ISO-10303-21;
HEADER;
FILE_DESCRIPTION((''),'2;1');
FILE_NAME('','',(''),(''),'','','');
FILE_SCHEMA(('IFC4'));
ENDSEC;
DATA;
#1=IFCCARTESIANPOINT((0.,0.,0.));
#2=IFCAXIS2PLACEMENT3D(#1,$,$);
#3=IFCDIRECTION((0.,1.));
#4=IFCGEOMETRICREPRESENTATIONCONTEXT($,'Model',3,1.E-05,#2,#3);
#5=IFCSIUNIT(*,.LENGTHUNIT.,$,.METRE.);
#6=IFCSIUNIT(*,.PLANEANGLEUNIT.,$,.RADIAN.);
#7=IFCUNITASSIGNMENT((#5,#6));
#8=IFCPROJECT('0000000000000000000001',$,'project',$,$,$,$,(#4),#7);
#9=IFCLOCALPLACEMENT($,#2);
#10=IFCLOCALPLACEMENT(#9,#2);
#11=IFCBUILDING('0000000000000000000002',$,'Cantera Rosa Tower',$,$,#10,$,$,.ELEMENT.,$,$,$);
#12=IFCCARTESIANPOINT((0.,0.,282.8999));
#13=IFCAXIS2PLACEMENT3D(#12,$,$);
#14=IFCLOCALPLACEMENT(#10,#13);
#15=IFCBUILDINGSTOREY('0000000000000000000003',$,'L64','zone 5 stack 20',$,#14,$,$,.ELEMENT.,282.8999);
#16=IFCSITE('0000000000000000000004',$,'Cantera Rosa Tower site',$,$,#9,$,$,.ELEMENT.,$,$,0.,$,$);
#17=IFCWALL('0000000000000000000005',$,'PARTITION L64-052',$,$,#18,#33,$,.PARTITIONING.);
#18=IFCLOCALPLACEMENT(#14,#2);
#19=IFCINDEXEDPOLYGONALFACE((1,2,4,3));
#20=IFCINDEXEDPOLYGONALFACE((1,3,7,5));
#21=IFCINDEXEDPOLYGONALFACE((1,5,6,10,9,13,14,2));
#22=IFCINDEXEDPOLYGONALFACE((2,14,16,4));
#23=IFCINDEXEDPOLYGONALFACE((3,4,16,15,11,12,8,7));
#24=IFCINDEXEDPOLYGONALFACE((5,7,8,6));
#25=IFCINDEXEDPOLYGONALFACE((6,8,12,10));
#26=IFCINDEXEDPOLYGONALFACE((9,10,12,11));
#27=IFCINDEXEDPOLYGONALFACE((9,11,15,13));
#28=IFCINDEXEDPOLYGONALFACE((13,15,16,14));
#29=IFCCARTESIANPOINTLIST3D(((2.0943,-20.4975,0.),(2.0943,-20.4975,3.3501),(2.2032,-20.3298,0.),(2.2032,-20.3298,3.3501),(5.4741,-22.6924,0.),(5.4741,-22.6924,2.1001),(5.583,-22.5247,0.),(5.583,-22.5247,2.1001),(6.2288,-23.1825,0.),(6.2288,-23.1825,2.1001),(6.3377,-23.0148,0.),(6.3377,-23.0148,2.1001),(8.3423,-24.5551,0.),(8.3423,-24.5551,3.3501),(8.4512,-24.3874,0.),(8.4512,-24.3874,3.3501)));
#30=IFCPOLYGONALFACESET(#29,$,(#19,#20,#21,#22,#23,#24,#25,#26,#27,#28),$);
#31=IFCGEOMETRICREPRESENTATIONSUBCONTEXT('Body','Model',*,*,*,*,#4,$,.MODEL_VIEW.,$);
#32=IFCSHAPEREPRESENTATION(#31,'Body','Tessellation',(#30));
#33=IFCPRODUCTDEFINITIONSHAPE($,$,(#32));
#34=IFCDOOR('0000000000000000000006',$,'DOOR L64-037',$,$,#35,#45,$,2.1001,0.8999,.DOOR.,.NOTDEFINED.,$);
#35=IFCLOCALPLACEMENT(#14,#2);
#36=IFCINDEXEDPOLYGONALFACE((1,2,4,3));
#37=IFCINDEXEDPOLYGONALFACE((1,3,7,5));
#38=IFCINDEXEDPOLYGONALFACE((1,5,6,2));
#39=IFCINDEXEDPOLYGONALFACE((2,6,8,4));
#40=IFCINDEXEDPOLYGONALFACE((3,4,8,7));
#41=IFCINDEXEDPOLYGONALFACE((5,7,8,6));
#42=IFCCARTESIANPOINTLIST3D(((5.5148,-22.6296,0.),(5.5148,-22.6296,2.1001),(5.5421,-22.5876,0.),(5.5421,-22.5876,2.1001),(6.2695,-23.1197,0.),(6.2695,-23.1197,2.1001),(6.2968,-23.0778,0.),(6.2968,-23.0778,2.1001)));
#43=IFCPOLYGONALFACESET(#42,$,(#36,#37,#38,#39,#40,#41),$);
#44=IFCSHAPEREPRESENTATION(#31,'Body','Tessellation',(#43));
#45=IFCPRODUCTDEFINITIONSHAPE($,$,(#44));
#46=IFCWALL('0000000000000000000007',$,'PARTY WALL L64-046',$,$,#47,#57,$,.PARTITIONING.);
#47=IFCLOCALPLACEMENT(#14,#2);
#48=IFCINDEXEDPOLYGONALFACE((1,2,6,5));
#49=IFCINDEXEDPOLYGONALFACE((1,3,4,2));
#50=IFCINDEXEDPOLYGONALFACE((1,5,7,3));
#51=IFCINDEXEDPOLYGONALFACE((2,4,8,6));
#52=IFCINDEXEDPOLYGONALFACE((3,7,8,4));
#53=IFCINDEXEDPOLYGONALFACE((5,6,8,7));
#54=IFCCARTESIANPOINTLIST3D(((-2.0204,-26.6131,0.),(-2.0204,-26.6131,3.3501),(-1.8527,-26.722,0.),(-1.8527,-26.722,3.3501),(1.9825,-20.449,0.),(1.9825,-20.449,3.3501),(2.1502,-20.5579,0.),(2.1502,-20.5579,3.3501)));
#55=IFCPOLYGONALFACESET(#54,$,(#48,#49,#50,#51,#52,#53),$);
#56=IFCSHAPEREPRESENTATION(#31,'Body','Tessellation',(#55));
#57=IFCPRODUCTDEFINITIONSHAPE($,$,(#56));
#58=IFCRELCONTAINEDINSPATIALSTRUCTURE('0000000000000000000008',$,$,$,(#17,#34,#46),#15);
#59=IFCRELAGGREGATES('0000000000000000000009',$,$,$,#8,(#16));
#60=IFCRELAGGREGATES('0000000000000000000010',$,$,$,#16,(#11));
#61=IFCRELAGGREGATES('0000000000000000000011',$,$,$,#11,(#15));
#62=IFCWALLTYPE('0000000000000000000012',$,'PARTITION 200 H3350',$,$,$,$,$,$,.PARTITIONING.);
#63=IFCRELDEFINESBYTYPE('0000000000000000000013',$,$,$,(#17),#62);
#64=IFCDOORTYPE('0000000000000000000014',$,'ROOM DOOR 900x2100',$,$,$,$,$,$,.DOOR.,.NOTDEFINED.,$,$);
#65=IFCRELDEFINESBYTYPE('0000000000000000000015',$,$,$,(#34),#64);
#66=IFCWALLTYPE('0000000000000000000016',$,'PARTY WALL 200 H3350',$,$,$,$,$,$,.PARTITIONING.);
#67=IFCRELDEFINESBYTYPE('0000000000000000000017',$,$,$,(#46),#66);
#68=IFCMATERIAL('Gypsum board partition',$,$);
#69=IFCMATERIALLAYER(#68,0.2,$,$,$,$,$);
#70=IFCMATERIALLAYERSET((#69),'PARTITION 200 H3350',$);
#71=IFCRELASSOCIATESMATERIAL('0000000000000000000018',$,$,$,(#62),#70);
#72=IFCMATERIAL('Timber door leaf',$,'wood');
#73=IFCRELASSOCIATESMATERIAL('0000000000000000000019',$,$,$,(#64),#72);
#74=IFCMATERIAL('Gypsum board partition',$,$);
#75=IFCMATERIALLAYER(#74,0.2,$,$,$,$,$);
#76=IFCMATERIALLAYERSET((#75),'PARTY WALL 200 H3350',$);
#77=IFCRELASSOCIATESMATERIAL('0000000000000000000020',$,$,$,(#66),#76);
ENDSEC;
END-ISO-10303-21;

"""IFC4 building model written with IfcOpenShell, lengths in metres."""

from ifc_helpers import new_model, si_unit, direction, frame, frame_2d, origin, place, context, subcontext, project, spatial, rectangle, extrude, material, layer, layer_set, type_object, element, fill, save


model = new_model("IFC4")

# Units and contexts
model_context = context("Model", 3, precision=1e-05, world=origin(), true_north=direction((0.0, 1.0)))
body_context = subcontext(model_context, "Body", "Model", "MODEL_VIEW")
ifc_project = project(units=[si_unit("LENGTHUNIT", "METRE"), si_unit("PLANEANGLEUNIT", "RADIAN")], contexts=[model_context])

# Site, building, storey
site_placement = place(None, origin())
site = spatial("IfcSite", under=ifc_project, at=site_placement, Name="Cantera Rosa Tower site", CompositionType="ELEMENT", RefElevation=0.0)
building_placement = place(site_placement, origin())
building = spatial("IfcBuilding", under=site, at=building_placement, Name="Cantera Rosa Tower", CompositionType="ELEMENT")
storey_placement = place(building_placement, frame((0.0, 0.0, 282.8999)))
storey = spatial("IfcBuildingStorey", under=building, at=storey_placement, Name="L64", Description="zone 5 stack 20", CompositionType="ELEMENT", Elevation=282.8999)

# Wall, opening, door
ifc_material_1 = material(Name="Gypsum board partition")
ifc_layer_1 = layer(ifc_material_1, 0.2)
ifc_layer_set_1 = layer_set([ifc_layer_1], Name="PARTITION 200 H3350")
wall_type_1 = type_object("IfcWallType", Name="PARTITION 200 H3350", PredefinedType="PARTITIONING", material=ifc_layer_set_1)
wall_1_placement = place(storey_placement, frame((2.1487, -20.4136, 0.0), z_axis=(0.0, 0.0, 1.0), x_axis=(0.838665, -0.544647, 0.0)))
wall_1 = element("IfcWall", 1, at=wall_1_placement, inside=storey, type_object=wall_type_1, Name="PARTITION L64-052", PredefinedType="PARTITIONING", context=body_context, shape_type="SweptSolid", body=[
    extrude(rectangle(XDim=7.45, YDim=0.2, at=frame_2d((3.7251, 0.0))), origin(), (0.0, 0.0, 1.0), 3.3501),
])
opening_1_placement = place(wall_1_placement, frame((4.03, 0.0, 0.0)))
opening_1 = element("IfcOpeningElement", 2, at=opening_1_placement, cuts=wall_1, PredefinedType="OPENING", context=body_context, shape_type="SweptSolid", body=[
    extrude(rectangle(XDim=0.8999, YDim=2.1001, at=frame_2d((0.45, 1.05))), frame((0.0, 0.1099, 0.0), z_axis=(0.0, -1.0, 0.0), x_axis=(1.0, 0.0, 0.0)), (0.0, 0.0, 1.0), 0.22),
])
ifc_material_2 = material(Name="Timber door leaf", Category="wood")
door_type_1 = type_object("IfcDoorType", Name="ROOM DOOR 900x2100", OperationType="NOTDEFINED", PredefinedType="DOOR", material=ifc_material_2)
door_1_placement = place(opening_1_placement, origin())
door_1 = element("IfcDoor", 3, at=door_1_placement, inside=storey, type_object=door_type_1, Name="DOOR L64-037", OperationType="NOTDEFINED", OverallHeight=2.1001, OverallWidth=0.8999, PredefinedType="DOOR", context=body_context, shape_type="SweptSolid", body=[
    extrude(rectangle(XDim=0.8999, YDim=2.1001, at=frame_2d((0.45, 1.05))), frame((0.0, 0.0249, 0.0), z_axis=(0.0, -1.0, 0.0), x_axis=(1.0, 0.0, 0.0)), (0.0, 0.0, 1.0), 0.05),
])
fill(opening_1, door_1)

# Wall
ifc_material_3 = material(Name="Gypsum board partition")
ifc_layer_2 = layer(ifc_material_3, 0.2)
ifc_layer_set_2 = layer_set([ifc_layer_2], Name="PARTY WALL 200 H3350")
wall_type_2 = type_object("IfcWallType", Name="PARTY WALL 200 H3350", PredefinedType="PARTITIONING", material=ifc_layer_set_2)
wall_2_placement = place(storey_placement, frame((-1.9365, -26.6675, 0.0), z_axis=(0.0, 0.0, 1.0), x_axis=(0.544633, 0.838674, 0.0)))
element("IfcWall", 4, at=wall_2_placement, inside=storey, type_object=wall_type_2, Name="PARTY WALL L64-046", PredefinedType="PARTITIONING", context=body_context, shape_type="SweptSolid", body=[
    extrude(rectangle(XDim=7.3499, YDim=0.2, at=frame_2d((3.6748, 0.0))), origin(), (0.0, 0.0, 1.0), 3.3501),
])

save(model, "model.ifc")
